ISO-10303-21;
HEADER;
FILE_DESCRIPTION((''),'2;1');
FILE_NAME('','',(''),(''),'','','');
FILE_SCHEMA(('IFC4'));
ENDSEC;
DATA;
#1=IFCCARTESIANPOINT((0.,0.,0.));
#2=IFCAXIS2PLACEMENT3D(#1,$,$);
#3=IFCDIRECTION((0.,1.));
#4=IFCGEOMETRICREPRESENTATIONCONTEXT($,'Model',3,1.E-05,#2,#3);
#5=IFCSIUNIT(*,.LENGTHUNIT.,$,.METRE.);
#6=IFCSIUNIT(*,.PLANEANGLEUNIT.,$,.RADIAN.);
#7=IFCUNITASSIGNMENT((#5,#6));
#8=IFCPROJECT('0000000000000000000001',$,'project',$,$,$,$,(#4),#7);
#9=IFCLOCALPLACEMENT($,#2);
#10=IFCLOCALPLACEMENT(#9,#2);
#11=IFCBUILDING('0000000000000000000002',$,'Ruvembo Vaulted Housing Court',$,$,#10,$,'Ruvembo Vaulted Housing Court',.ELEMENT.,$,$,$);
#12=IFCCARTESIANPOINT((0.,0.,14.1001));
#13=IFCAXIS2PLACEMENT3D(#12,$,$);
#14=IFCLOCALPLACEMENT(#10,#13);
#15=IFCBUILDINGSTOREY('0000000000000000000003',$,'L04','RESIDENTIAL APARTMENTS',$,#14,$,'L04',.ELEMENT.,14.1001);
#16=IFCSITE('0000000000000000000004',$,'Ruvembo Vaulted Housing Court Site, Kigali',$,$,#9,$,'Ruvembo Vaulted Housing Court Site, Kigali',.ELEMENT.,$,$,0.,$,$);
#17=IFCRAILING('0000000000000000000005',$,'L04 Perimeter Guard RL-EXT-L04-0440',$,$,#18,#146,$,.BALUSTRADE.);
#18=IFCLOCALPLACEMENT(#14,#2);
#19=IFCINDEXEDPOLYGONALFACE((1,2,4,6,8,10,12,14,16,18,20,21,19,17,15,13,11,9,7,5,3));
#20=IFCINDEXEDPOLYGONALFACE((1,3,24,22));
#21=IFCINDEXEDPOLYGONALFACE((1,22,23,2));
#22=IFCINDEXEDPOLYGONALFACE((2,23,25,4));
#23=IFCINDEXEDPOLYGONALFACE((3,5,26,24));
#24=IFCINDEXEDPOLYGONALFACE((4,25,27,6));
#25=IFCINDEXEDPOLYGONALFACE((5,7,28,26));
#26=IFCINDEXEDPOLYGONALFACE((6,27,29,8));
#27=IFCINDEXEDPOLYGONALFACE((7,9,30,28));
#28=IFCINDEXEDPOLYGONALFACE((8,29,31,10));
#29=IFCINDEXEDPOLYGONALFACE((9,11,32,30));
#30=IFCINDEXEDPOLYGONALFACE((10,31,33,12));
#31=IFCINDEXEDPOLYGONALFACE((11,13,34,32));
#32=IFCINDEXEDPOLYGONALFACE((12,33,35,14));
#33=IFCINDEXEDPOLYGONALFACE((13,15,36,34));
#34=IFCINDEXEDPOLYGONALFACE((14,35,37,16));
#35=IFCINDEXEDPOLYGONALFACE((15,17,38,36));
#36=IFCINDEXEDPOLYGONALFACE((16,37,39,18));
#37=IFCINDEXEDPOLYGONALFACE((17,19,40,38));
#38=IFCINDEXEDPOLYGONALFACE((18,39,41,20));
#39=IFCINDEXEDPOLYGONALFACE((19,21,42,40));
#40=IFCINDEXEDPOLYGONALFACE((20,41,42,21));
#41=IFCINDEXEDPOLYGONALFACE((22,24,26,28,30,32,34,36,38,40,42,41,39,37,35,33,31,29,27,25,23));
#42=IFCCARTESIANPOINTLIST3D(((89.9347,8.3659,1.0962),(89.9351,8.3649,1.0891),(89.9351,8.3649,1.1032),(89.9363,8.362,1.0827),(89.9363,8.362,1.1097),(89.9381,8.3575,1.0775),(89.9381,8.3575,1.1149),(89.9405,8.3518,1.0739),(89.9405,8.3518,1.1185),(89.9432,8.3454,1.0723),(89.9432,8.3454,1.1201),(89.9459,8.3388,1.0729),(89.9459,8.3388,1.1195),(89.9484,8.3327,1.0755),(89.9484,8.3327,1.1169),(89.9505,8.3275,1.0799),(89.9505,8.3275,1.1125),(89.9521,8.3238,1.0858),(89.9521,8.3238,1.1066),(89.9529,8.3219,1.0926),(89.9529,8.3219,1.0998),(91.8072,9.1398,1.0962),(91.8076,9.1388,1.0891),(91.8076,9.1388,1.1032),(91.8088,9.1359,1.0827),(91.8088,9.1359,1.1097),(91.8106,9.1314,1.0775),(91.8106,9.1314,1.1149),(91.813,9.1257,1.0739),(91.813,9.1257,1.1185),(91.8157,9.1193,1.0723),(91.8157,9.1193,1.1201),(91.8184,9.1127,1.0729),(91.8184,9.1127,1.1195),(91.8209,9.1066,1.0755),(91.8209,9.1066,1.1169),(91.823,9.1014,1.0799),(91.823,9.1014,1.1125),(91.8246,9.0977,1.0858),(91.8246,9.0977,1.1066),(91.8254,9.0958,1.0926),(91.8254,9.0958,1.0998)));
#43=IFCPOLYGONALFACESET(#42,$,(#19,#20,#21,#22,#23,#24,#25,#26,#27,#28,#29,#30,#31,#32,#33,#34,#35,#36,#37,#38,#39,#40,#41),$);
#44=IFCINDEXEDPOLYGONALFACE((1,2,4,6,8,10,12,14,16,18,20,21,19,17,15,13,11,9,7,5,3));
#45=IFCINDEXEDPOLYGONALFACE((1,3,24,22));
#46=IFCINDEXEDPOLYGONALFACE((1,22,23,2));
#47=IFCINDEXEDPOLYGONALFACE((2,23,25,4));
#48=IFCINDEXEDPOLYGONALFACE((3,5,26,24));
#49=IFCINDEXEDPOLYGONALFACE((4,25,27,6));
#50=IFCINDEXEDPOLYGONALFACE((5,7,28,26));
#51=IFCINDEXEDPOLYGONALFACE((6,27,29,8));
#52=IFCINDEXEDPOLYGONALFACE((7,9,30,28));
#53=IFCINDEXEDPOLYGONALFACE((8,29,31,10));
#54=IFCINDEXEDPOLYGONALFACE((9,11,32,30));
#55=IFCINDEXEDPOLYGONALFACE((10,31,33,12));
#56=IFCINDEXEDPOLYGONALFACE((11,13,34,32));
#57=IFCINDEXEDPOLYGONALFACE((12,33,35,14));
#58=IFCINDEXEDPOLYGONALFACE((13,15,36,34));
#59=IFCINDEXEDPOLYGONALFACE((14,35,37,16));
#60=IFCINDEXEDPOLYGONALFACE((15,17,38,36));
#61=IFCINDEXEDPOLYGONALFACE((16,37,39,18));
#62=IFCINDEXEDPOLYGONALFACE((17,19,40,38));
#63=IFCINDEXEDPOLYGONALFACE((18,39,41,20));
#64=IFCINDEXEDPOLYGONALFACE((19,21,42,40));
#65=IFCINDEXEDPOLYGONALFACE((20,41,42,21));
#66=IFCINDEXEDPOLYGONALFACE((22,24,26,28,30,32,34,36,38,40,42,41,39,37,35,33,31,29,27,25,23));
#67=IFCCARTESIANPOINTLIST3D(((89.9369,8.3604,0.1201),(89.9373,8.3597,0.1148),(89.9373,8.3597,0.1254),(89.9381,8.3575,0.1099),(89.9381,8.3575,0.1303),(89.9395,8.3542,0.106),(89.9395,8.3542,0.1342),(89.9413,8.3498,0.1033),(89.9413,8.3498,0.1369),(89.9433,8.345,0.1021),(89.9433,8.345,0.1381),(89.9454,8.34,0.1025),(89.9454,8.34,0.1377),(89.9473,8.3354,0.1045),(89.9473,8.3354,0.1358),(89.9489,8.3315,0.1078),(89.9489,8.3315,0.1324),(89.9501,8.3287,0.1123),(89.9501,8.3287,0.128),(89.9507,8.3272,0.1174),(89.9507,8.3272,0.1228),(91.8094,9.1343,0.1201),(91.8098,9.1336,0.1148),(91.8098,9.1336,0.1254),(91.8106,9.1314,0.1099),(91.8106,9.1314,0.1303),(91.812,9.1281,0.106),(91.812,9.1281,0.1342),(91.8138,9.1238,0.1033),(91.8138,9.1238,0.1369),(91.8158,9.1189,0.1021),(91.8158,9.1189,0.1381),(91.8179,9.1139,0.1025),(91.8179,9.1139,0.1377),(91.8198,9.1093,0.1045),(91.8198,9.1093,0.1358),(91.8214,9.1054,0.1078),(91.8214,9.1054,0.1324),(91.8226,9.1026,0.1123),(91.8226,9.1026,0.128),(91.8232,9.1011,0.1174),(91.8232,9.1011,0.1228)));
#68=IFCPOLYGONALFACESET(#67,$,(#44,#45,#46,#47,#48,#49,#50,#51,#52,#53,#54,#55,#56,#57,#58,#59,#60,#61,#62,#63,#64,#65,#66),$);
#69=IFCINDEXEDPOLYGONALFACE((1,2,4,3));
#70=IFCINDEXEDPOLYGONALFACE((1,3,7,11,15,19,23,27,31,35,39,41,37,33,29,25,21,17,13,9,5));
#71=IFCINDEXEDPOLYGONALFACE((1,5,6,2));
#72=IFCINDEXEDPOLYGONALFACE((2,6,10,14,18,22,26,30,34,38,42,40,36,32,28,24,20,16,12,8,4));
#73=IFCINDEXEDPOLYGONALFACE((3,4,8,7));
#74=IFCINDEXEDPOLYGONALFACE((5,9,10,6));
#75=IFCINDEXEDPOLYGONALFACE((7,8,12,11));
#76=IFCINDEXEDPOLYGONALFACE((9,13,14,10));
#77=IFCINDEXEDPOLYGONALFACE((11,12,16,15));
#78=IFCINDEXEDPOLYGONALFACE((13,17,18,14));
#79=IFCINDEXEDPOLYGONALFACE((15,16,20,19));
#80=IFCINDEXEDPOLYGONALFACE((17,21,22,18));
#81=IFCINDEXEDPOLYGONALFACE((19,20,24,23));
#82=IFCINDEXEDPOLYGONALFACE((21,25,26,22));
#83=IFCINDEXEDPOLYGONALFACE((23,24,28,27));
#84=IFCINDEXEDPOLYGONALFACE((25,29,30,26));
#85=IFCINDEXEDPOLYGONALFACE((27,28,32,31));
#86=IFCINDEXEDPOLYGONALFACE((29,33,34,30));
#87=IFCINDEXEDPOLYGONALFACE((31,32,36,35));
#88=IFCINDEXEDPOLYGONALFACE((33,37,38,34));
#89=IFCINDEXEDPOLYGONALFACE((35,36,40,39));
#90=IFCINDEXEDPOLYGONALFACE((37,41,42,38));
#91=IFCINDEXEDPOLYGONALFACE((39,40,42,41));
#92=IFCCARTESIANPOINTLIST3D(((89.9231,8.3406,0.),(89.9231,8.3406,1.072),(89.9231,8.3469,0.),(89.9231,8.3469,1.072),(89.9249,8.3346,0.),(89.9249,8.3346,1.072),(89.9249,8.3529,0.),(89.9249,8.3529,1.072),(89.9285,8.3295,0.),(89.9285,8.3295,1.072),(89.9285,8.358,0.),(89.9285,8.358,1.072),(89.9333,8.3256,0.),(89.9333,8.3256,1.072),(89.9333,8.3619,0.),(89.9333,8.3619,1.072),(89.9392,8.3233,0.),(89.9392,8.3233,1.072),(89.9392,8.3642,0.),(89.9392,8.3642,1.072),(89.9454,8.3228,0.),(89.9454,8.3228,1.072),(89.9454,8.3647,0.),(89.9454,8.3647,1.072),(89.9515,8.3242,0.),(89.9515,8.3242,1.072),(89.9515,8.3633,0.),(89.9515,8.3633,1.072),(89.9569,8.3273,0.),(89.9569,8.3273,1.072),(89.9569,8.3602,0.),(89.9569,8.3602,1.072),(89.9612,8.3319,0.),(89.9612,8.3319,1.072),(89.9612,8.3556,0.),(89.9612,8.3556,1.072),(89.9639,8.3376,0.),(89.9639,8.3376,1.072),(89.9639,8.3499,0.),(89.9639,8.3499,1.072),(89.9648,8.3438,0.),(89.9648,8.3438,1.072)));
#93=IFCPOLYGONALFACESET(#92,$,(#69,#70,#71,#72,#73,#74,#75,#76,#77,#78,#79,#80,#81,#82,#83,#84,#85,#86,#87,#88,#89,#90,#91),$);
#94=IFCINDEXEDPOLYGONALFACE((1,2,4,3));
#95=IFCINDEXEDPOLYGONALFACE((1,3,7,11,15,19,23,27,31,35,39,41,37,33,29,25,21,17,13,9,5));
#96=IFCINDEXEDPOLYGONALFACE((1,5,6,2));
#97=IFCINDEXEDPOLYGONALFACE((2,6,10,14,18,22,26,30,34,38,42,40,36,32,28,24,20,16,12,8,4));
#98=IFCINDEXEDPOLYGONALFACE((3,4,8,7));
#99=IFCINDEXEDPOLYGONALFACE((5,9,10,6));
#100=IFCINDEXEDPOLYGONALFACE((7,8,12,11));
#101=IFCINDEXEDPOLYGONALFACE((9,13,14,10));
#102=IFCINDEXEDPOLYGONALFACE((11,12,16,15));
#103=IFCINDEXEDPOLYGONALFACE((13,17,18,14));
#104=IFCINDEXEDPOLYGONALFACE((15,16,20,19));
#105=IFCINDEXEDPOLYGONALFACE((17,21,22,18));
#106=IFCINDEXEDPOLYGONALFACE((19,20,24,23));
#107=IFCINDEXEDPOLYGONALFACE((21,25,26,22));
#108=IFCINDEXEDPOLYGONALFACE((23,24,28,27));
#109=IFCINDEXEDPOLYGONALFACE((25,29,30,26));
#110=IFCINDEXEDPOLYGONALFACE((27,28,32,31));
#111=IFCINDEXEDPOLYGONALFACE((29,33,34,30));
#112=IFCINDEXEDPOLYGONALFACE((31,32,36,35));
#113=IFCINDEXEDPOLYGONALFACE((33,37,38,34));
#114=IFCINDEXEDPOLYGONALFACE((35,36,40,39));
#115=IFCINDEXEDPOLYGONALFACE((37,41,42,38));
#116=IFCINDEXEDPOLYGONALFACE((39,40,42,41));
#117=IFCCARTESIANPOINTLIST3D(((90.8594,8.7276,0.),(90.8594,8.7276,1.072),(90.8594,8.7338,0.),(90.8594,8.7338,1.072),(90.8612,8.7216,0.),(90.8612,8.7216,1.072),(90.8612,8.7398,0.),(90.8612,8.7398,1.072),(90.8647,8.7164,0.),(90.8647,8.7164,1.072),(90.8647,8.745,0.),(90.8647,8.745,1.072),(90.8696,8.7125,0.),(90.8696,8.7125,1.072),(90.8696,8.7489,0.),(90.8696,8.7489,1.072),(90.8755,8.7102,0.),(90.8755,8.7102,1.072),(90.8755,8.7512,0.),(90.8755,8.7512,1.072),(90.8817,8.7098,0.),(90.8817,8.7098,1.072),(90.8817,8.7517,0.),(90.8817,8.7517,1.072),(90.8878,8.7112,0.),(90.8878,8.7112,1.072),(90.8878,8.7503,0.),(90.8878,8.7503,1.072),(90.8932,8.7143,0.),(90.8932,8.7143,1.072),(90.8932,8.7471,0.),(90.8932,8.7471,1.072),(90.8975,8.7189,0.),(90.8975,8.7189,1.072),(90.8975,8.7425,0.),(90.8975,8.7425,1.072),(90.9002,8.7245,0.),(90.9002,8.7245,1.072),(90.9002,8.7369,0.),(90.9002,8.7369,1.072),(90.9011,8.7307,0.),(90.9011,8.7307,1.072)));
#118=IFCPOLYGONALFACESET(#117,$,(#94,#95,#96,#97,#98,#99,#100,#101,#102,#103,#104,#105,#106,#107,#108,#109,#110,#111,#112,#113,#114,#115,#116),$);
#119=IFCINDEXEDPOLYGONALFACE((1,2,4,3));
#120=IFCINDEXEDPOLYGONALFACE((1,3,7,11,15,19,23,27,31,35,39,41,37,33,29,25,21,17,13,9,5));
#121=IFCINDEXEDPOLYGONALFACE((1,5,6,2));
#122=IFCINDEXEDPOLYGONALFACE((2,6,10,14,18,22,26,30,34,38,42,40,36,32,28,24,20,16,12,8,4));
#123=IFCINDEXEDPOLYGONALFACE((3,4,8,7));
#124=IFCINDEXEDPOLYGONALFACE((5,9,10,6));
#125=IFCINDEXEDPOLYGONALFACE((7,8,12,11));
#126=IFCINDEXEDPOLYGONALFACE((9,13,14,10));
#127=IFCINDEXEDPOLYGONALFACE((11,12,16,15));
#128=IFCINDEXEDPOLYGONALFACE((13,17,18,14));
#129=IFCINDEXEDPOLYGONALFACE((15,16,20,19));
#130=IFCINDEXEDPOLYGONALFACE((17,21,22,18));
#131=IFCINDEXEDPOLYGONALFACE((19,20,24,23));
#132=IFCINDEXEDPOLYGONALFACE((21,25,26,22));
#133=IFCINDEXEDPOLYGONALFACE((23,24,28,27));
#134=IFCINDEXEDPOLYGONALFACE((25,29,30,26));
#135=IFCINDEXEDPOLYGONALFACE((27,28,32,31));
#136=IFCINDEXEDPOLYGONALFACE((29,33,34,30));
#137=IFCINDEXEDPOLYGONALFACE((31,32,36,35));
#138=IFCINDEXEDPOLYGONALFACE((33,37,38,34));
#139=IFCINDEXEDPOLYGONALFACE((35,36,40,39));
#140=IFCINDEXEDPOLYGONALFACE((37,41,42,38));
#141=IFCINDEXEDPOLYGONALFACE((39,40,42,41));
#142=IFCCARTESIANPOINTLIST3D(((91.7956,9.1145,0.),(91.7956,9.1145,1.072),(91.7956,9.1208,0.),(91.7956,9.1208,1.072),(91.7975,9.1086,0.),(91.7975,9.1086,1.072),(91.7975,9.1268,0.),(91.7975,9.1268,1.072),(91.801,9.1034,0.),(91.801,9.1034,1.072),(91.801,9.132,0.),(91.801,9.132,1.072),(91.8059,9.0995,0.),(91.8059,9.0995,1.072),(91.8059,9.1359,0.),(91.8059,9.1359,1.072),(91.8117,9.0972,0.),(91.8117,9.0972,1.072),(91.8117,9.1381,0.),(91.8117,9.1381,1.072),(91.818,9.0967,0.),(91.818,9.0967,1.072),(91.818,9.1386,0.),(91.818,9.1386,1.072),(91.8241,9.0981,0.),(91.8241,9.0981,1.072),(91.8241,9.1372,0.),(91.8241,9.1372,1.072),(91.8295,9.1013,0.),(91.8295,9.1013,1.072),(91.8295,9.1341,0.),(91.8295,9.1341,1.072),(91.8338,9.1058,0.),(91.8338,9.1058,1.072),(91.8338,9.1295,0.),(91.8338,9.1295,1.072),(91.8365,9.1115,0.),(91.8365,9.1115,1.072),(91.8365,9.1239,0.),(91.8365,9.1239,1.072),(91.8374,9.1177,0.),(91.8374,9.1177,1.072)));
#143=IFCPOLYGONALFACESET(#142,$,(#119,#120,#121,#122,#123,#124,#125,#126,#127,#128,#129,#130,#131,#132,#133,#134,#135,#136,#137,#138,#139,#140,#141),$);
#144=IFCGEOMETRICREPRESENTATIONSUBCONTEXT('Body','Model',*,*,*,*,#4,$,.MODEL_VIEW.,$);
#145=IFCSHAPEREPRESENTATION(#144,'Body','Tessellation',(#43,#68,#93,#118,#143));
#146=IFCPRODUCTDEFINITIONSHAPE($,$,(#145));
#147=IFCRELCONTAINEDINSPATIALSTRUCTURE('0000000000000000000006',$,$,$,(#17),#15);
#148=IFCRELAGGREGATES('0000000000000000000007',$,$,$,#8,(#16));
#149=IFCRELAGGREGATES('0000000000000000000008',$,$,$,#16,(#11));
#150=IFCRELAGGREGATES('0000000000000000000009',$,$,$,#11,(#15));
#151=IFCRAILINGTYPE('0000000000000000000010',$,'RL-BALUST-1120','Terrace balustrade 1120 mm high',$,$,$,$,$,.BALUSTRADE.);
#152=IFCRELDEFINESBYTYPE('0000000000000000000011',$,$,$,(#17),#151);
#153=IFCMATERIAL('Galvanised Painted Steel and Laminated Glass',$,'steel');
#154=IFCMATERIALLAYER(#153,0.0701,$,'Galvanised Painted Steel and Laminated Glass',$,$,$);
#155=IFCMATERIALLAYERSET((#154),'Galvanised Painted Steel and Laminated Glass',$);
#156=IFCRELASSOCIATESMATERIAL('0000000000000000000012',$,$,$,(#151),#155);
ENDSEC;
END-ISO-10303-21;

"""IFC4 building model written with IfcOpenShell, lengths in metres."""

from ifc_helpers import new_model, si_unit, direction, frame, origin, origin_2d, place, context, subcontext, project, spatial, circle, extrude, material, layer, layer_set, type_object, element, save


model = new_model("IFC4")

# Units and contexts
model_context = context("Model", 3, precision=1e-05, world=origin(), true_north=direction((0.0, 1.0)))
body_context = subcontext(model_context, "Body", "Model", "MODEL_VIEW")
ifc_project = project(units=[si_unit("LENGTHUNIT", "METRE"), si_unit("PLANEANGLEUNIT", "RADIAN")], contexts=[model_context])

# Site, building, storey
site_placement = place(None, origin())
site = spatial("IfcSite", under=ifc_project, at=site_placement, Name="Ruvembo Vaulted Housing Court Site, Kigali", LongName="Ruvembo Vaulted Housing Court Site, Kigali", CompositionType="ELEMENT", RefElevation=0.0)
building_placement = place(site_placement, origin())
building = spatial("IfcBuilding", under=site, at=building_placement, Name="Ruvembo Vaulted Housing Court", LongName="Ruvembo Vaulted Housing Court", CompositionType="ELEMENT")
storey_placement = place(building_placement, frame((0.0, 0.0, 14.1001)))
storey = spatial("IfcBuildingStorey", under=building, at=storey_placement, Name="L04", Description="RESIDENTIAL APARTMENTS", LongName="L04", CompositionType="ELEMENT", Elevation=14.1001)

# Railing
ifc_material_1 = material(Name="Galvanised Painted Steel and Laminated Glass", Category="steel")
ifc_layer_1 = layer(ifc_material_1, 0.0701, Name="Galvanised Painted Steel and Laminated Glass")
ifc_layer_set_1 = layer_set([ifc_layer_1], Name="Galvanised Painted Steel and Laminated Glass")
railing_type = type_object("IfcRailingType", Name="RL-BALUST-1120", Description="Terrace balustrade 1120 mm high", PredefinedType="BALUSTRADE", material=ifc_layer_set_1)
railing_1_placement = place(storey_placement, frame((89.9438, 8.3438, 0.0)))
element("IfcRailing", 1, at=railing_1_placement, inside=storey, type_object=railing_type, Name="L04 Perimeter Guard RL-EXT-L04-0440", PredefinedType="BALUSTRADE", context=body_context, shape_type="SweptSolid", body=[
    extrude(circle(Radius=0.0239, at=origin_2d()), frame((0.0, 0.0, 1.0962), z_axis=(0.924178, 0.381962, 0.0), x_axis=(-0.381962, 0.924178, 0.0)), (0.0, 0.0, 1.0), 2.0261),
    extrude(circle(Radius=0.0181, at=origin_2d()), frame((0.0, 0.0, 0.1201), z_axis=(0.924178, 0.381962, 0.0), x_axis=(-0.381962, 0.924178, 0.0)), (0.0, 0.0, 1.0), 2.0261),
    extrude(circle(Radius=0.021, at=origin_2d()), origin(), (0.0, 0.0, 1.0), 1.072),
    extrude(circle(Radius=0.021, at=origin_2d()), frame((0.9363, 0.387, 0.0)), (0.0, 0.0, 1.0), 1.072),
    extrude(circle(Radius=0.021, at=origin_2d()), frame((1.8726, 0.7739, 0.0)), (0.0, 0.0, 1.0), 1.072),
])

save(model, "model.ifc")
